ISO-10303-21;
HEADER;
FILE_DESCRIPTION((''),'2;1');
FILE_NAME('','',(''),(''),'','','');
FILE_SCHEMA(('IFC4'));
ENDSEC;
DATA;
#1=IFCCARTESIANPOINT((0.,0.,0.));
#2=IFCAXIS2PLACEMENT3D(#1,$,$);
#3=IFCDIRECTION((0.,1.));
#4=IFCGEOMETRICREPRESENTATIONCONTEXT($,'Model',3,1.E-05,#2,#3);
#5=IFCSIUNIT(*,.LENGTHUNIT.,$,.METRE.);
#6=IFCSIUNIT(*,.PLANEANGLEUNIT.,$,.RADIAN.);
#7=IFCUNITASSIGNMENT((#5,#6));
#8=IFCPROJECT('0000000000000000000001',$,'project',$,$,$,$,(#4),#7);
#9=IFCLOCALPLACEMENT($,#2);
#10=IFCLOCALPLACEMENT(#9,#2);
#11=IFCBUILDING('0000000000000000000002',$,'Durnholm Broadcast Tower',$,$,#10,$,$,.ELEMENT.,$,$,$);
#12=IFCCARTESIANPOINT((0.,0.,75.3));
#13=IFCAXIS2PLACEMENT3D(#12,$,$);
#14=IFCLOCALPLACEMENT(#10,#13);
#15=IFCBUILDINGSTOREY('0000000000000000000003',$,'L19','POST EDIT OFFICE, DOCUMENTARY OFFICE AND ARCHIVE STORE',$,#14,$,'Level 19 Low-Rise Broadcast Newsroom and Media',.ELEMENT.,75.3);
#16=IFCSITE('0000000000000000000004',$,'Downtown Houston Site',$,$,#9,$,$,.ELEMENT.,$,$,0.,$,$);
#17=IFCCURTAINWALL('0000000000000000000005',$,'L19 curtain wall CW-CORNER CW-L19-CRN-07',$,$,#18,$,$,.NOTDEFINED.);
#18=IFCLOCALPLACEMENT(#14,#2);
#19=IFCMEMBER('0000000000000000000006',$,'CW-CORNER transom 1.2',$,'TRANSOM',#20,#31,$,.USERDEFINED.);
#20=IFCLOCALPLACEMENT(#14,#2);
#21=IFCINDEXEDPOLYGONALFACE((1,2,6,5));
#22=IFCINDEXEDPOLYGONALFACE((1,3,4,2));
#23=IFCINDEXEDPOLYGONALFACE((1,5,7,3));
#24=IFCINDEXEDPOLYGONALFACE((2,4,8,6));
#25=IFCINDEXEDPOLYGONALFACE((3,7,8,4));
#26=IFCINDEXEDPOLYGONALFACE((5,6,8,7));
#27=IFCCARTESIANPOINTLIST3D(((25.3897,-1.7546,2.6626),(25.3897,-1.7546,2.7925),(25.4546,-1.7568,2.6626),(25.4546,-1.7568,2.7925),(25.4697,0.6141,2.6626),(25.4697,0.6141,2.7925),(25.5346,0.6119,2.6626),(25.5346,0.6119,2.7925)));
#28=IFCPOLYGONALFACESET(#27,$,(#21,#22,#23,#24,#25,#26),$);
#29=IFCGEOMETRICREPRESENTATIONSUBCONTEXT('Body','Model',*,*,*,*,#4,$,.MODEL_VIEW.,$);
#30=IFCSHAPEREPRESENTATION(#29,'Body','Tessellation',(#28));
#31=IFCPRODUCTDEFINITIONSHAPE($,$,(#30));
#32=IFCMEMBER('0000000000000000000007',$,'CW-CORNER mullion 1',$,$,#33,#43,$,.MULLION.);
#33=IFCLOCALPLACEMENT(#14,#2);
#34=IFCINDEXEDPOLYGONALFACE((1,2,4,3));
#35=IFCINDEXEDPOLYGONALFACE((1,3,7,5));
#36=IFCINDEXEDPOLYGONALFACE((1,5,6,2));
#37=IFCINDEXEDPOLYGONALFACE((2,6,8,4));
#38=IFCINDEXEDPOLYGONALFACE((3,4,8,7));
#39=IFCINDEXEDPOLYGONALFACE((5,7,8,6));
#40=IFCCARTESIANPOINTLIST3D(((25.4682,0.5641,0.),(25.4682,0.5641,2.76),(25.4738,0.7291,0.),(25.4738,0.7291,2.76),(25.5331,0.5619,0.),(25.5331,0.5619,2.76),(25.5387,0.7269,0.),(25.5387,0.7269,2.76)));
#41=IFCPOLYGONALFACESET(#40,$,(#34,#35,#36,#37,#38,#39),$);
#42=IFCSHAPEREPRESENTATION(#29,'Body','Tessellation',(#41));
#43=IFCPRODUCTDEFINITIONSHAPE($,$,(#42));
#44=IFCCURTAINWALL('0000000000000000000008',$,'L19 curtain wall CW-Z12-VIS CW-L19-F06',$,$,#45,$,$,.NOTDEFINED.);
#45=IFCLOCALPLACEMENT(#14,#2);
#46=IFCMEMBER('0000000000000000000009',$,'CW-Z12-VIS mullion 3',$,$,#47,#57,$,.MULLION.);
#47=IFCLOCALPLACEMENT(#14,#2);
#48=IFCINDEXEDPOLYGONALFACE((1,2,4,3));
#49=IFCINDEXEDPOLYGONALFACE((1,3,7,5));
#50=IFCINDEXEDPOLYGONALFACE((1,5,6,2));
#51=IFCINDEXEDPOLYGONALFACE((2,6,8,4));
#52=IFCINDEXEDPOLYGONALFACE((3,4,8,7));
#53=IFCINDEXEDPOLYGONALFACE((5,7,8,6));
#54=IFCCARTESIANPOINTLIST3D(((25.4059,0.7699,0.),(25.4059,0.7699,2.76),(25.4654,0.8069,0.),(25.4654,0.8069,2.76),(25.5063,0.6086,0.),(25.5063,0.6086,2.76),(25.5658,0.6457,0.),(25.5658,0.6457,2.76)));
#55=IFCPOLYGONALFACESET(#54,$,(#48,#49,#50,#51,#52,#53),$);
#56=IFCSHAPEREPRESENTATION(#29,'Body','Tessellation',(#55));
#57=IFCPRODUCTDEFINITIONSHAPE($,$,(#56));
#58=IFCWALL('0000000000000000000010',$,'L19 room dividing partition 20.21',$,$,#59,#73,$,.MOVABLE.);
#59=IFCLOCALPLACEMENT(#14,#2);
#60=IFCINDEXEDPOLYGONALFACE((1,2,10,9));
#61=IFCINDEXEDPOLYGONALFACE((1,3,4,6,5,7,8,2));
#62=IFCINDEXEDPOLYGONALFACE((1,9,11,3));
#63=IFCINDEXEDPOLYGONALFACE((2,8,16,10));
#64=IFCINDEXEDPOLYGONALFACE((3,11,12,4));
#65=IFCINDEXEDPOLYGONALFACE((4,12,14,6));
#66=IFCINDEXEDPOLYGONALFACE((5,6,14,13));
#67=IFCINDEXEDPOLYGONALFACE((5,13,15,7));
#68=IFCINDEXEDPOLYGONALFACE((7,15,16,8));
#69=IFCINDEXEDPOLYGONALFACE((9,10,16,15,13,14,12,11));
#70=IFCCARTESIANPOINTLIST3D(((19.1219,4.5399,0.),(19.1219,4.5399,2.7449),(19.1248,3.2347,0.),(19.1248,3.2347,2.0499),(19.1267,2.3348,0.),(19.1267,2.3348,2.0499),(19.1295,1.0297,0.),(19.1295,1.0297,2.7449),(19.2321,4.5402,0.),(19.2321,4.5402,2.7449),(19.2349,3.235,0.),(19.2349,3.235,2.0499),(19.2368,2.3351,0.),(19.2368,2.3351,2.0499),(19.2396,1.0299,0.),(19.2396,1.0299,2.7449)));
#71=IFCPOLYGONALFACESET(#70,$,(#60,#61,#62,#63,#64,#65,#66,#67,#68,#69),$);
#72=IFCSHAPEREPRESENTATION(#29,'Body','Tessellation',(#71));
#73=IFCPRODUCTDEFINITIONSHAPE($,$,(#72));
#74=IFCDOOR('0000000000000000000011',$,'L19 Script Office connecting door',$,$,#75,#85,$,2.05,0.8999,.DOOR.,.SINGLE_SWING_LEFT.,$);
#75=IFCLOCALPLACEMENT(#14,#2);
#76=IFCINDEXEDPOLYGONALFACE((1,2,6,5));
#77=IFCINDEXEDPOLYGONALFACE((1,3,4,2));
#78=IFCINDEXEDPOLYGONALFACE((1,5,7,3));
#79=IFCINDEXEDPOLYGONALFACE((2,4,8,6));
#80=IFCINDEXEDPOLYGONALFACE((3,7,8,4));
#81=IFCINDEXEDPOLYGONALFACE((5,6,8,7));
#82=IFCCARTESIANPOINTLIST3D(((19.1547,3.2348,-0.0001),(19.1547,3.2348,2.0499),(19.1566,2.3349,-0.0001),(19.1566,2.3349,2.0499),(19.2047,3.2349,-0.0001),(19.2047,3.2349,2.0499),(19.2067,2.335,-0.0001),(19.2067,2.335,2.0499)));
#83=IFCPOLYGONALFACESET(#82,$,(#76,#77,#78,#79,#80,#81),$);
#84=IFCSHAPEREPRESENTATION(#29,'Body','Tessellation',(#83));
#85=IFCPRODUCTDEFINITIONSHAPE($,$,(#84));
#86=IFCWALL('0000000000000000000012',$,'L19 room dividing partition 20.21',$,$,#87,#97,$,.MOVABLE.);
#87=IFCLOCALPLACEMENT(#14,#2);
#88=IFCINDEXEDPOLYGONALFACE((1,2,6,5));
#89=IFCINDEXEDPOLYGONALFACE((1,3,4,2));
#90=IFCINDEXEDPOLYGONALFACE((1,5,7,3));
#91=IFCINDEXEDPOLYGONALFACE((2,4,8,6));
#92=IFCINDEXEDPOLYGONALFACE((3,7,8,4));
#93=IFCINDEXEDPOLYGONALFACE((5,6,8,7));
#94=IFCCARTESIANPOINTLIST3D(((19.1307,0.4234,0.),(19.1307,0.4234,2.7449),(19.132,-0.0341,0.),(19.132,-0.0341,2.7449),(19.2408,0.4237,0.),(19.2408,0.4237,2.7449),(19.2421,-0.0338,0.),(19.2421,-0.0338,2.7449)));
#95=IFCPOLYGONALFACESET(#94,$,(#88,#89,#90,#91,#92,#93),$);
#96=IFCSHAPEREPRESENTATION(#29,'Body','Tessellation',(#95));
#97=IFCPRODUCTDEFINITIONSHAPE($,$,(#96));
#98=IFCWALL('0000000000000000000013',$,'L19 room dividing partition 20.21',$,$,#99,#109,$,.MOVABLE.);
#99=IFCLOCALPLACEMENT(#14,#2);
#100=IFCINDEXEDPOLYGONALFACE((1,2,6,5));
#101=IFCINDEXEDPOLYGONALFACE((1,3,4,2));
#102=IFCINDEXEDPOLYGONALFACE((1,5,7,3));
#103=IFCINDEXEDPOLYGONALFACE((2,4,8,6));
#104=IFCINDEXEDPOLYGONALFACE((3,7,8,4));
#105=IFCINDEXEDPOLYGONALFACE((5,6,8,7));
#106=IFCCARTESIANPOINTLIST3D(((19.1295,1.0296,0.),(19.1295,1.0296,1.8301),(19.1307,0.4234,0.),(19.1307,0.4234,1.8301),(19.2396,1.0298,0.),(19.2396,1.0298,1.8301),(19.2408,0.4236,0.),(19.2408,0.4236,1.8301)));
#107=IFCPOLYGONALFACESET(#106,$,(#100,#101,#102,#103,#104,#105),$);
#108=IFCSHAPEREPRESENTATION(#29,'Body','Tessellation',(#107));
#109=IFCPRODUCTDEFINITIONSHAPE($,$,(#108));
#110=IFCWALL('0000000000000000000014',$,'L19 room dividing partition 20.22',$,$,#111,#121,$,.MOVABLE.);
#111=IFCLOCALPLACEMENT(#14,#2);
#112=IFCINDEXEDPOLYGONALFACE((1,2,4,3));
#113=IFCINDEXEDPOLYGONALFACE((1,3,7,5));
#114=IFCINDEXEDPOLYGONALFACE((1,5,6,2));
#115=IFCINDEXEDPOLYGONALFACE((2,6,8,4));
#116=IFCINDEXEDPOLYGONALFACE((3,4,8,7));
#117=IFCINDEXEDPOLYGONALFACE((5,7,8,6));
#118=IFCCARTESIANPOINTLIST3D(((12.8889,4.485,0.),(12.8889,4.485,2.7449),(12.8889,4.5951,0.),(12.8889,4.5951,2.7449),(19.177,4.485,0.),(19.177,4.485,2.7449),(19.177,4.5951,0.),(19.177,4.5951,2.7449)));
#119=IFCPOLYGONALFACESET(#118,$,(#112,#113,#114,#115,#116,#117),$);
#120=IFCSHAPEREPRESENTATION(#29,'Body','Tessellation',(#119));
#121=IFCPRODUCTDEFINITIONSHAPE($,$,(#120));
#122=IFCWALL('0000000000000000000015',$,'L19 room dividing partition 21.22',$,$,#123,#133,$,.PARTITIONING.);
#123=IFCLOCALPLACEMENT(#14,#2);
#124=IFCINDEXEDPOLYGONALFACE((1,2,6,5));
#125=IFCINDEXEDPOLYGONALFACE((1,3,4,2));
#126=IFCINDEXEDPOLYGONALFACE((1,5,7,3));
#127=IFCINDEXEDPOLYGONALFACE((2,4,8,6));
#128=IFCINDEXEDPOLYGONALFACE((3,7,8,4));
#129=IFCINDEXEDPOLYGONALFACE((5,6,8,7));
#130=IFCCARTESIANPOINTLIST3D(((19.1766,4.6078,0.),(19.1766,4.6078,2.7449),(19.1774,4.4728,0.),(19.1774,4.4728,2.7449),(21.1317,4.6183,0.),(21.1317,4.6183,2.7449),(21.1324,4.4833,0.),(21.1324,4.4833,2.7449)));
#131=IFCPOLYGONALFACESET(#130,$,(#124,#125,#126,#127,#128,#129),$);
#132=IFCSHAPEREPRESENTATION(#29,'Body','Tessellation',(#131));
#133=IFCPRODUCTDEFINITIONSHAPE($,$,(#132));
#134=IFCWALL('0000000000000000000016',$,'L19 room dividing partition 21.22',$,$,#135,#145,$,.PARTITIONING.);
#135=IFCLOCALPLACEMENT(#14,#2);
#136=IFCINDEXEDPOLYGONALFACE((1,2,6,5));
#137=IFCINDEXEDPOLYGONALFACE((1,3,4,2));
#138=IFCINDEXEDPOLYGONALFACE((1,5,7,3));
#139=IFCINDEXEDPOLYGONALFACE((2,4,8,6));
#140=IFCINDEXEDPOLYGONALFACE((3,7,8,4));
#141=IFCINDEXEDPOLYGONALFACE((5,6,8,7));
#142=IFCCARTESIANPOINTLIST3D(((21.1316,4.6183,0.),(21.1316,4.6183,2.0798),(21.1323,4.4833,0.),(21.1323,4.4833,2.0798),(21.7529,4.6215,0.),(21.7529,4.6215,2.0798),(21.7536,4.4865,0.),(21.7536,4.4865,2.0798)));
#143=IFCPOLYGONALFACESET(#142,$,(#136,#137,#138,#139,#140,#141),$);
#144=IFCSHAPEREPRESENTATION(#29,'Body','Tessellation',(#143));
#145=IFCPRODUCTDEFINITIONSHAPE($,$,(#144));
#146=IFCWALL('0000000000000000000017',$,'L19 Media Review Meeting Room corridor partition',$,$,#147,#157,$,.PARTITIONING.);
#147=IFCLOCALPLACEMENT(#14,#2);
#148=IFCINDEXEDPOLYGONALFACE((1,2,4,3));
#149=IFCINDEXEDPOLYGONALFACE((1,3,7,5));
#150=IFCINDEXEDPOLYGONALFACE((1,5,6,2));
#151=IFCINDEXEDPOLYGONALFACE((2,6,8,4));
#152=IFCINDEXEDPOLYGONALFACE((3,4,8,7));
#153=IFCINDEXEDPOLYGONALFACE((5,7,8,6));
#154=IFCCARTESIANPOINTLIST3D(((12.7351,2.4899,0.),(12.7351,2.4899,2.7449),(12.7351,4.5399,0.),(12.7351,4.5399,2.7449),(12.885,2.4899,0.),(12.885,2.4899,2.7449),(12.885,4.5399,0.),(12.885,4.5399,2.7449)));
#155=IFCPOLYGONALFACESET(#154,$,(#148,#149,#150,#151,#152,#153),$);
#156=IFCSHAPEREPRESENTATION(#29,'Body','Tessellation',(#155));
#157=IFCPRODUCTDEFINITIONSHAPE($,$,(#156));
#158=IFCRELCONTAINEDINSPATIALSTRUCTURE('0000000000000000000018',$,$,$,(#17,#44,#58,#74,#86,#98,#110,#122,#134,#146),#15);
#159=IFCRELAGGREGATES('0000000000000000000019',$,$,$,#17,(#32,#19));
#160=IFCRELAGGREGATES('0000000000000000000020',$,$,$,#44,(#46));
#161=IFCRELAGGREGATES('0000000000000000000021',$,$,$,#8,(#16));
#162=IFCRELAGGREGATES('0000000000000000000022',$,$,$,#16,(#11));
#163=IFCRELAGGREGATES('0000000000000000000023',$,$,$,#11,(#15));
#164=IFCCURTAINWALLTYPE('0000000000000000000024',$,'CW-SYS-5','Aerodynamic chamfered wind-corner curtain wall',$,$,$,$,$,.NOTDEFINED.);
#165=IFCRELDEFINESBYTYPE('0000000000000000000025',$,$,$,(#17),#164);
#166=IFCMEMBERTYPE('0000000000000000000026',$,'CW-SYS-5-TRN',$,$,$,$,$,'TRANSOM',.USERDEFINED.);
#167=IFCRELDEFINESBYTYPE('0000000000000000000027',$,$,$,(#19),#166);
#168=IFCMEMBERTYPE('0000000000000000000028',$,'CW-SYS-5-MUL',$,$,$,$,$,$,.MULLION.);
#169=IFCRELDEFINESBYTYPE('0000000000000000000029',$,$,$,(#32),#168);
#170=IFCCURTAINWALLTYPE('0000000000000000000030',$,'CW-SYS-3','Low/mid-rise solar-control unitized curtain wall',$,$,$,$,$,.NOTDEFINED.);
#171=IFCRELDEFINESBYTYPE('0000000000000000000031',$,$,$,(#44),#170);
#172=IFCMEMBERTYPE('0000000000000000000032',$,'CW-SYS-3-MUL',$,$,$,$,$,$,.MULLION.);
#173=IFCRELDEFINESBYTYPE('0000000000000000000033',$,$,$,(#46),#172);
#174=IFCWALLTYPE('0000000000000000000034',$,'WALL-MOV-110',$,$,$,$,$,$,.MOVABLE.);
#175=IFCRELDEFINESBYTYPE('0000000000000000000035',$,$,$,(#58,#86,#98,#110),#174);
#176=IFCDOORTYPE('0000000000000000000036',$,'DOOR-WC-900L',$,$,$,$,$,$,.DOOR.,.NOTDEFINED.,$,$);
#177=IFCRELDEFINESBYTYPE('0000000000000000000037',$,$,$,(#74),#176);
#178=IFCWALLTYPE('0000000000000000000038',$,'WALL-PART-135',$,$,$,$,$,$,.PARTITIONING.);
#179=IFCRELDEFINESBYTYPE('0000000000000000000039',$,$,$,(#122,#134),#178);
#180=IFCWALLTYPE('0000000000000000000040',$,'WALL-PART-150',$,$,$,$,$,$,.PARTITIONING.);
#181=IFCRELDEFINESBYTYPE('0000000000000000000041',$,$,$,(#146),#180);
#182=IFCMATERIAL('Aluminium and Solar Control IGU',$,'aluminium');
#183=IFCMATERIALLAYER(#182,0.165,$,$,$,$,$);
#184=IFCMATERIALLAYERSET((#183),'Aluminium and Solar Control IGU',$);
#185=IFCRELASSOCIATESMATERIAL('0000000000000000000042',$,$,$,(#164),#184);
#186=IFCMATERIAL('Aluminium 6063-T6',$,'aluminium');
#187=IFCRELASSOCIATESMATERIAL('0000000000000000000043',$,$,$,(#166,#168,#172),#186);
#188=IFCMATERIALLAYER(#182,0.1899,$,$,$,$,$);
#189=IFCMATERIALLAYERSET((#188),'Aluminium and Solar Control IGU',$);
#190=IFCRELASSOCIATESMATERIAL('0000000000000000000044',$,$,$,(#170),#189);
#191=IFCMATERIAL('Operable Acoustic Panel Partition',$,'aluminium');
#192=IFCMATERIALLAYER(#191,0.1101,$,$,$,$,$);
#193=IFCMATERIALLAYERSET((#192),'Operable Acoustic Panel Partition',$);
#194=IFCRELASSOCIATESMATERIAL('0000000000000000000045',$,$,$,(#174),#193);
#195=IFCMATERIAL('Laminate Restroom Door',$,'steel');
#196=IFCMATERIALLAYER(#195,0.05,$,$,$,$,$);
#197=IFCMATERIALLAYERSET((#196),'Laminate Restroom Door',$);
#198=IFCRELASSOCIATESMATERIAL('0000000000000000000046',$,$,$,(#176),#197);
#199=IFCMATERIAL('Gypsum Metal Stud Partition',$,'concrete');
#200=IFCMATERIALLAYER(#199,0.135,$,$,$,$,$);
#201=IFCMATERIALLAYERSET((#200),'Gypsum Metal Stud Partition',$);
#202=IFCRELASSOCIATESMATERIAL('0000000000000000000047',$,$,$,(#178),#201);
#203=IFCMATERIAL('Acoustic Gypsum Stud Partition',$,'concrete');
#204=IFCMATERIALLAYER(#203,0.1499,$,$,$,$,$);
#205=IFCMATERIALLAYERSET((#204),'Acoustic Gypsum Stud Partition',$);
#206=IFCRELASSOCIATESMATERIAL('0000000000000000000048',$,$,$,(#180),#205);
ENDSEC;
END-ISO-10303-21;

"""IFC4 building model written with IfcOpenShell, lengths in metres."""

from ifc_helpers import new_model, si_unit, direction, frame, frame_2d, origin, origin_2d, place, context, subcontext, project, spatial, rectangle, extrude, source, transform, mapped, material, layer, layer_set, material_profile, profile_set, type_object, type_shapes, element, fill, aggregate, save


model = new_model("IFC4")

# Units and contexts
model_context = context("Model", 3, precision=1e-05, world=origin(), true_north=direction((0.0, 1.0)))
body_context = subcontext(model_context, "Body", "Model", "MODEL_VIEW")
ifc_project = project(units=[si_unit("LENGTHUNIT", "METRE"), si_unit("PLANEANGLEUNIT", "RADIAN")], contexts=[model_context])

# Site, building, storey
site_placement = place(None, origin())
site = spatial("IfcSite", under=ifc_project, at=site_placement, Name="Downtown Houston Site", CompositionType="ELEMENT", RefElevation=0.0)
building_placement = place(site_placement, origin())
building = spatial("IfcBuilding", under=site, at=building_placement, Name="Durnholm Broadcast Tower", CompositionType="ELEMENT")
storey_placement = place(building_placement, frame((0.0, 0.0, 75.3)))
storey = spatial("IfcBuildingStorey", under=building, at=storey_placement, Name="L19", Description="POST EDIT OFFICE, DOCUMENTARY OFFICE AND ARCHIVE STORE", LongName="Level 19 Low-Rise Broadcast Newsroom and Media", CompositionType="ELEMENT", Elevation=75.3)

# Curtain wall, members
ifc_material_1 = material(Name="Aluminium and Solar Control IGU", Category="aluminium")
ifc_layer_1 = layer(ifc_material_1, 0.165)
ifc_layer_set_1 = layer_set([ifc_layer_1], Name="Aluminium and Solar Control IGU")
curtain_wall_type_1 = type_object("IfcCurtainWallType", Name="CW-SYS-5", Description="Aerodynamic chamfered wind-corner curtain wall", PredefinedType="NOTDEFINED", material=ifc_layer_set_1)
curtain_wall_1_placement = place(storey_placement, origin())
curtain_wall_1 = element("IfcCurtainWall", 1, at=curtain_wall_1_placement, inside=storey, type_object=curtain_wall_type_1, Name="L19 curtain wall CW-CORNER CW-L19-CRN-07", PredefinedType="NOTDEFINED")
ifc_material_2 = material(Name="Aluminium 6063-T6", Category="aluminium")
ifc_material_profile_1 = material_profile(ifc_material_2, rectangle(XDim=0.0649, YDim=0.1299, at=origin_2d()), Name="CWT65X130")
ifc_profile_set_1 = profile_set([ifc_material_profile_1], Name="Aluminium 6063-T6")
member_type_1 = type_object("IfcMemberType", Name="CW-SYS-5-TRN", ElementType="TRANSOM", PredefinedType="USERDEFINED", material=ifc_profile_set_1)
shared_shape_1 = source(origin(), body_context, "Body", "SweptSolid", [
    extrude(rectangle(XDim=0.0649, YDim=0.1299, at=origin_2d()), origin(), (0.0, 0.0, 1.0), 2.3701),
])
type_shapes(member_type_1, [shared_shape_1])
member_1_placement = place(storey_placement, frame((25.5022, 0.613, 2.7275), z_axis=(-0.033788, -0.999429, 0.0), x_axis=(0.999429, -0.033788, 0.0)))
member_1 = element("IfcMember", 2, at=member_1_placement, type_object=member_type_1, Name="CW-CORNER transom 1.2", ObjectType="TRANSOM", PredefinedType="USERDEFINED", context=body_context, shape_type="MappedRepresentation", body=[
    mapped(shared_shape_1, transform((0.0, 0.0, 0.0), x_axis=(1.0, 0.0, 0.0), y_axis=(0.0, 1.0, 0.0), z_axis=(0.0, 0.0, 1.0), scale=1.0)),
])
ifc_material_profile_2 = material_profile(ifc_material_2, rectangle(XDim=0.0649, YDim=0.165, at=origin_2d()), Name="CWM65X165")
ifc_profile_set_2 = profile_set([ifc_material_profile_2], Name="Aluminium 6063-T6")
member_type_2 = type_object("IfcMemberType", Name="CW-SYS-5-MUL", PredefinedType="MULLION", material=ifc_profile_set_2)
shared_shape_2 = source(origin(), body_context, "Body", "SweptSolid", [
    extrude(rectangle(XDim=0.0649, YDim=0.165, at=origin_2d()), origin(), (0.0, 0.0, 1.0), 2.76),
])
type_shapes(member_type_2, [shared_shape_2])
member_2_placement = place(storey_placement, frame((25.5034, 0.6455, 0.0), z_axis=(0.0, 0.0, 1.0), x_axis=(0.999427, -0.03384, 0.0)))
member_2 = element("IfcMember", 3, at=member_2_placement, type_object=member_type_2, Name="CW-CORNER mullion 1", PredefinedType="MULLION", context=body_context, shape_type="MappedRepresentation", body=[
    mapped(shared_shape_2, transform((0.0, 0.0, 0.0), x_axis=(1.0, 0.0, 0.0), y_axis=(0.0, 1.0, 0.0), z_axis=(0.0, 0.0, 1.0), scale=1.0)),
])
aggregate(curtain_wall_1, [member_2, member_1])

# Curtain wall, member
ifc_layer_2 = layer(ifc_material_1, 0.1899)
ifc_layer_set_2 = layer_set([ifc_layer_2], Name="Aluminium and Solar Control IGU")
curtain_wall_type_2 = type_object("IfcCurtainWallType", Name="CW-SYS-3", Description="Low/mid-rise solar-control unitized curtain wall", PredefinedType="NOTDEFINED", material=ifc_layer_set_2)
curtain_wall_2_placement = place(storey_placement, origin())
curtain_wall_2 = element("IfcCurtainWall", 4, at=curtain_wall_2_placement, inside=storey, type_object=curtain_wall_type_2, Name="L19 curtain wall CW-Z12-VIS CW-L19-F06", PredefinedType="NOTDEFINED")
ifc_material_profile_3 = material_profile(ifc_material_2, rectangle(XDim=0.0701, YDim=0.1899, at=origin_2d()), Name="CWM70X190")
ifc_profile_set_3 = profile_set([ifc_material_profile_3], Name="Aluminium 6063-T6")
member_type_3 = type_object("IfcMemberType", Name="CW-SYS-3-MUL", PredefinedType="MULLION", material=ifc_profile_set_3)
shared_shape_3 = source(origin(), body_context, "Body", "SweptSolid", [
    extrude(rectangle(XDim=0.0701, YDim=0.1899, at=origin_2d()), origin(), (0.0, 0.0, 1.0), 2.76),
])
type_shapes(member_type_3, [shared_shape_3])
member_3_placement = place(storey_placement, frame((25.4858, 0.7078, 0.0), z_axis=(0.0, 0.0, 1.0), x_axis=(0.848876, 0.528592, 0.0)))
member_3 = element("IfcMember", 5, at=member_3_placement, type_object=member_type_3, Name="CW-Z12-VIS mullion 3", PredefinedType="MULLION", context=body_context, shape_type="MappedRepresentation", body=[
    mapped(shared_shape_3, transform((0.0, 0.0, 0.0), x_axis=(1.0, 0.0, 0.0), y_axis=(0.0, 1.0, 0.0), z_axis=(0.0, 0.0, 1.0), scale=1.0)),
])
aggregate(curtain_wall_2, [member_3])

# Wall, opening, door
ifc_material_3 = material(Name="Operable Acoustic Panel Partition", Category="aluminium")
ifc_layer_3 = layer(ifc_material_3, 0.1101)
ifc_layer_set_3 = layer_set([ifc_layer_3], Name="Operable Acoustic Panel Partition")
wall_type_1 = type_object("IfcWallType", Name="WALL-MOV-110", PredefinedType="MOVABLE", material=ifc_layer_set_3)
wall_1_placement = place(storey_placement, frame((19.177, 4.54, 0.0), z_axis=(0.0, 0.0, 1.0), x_axis=(0.002156, -0.999998, 0.0)))
wall_1 = element("IfcWall", 6, at=wall_1_placement, inside=storey, type_object=wall_type_1, Name="L19 room dividing partition 20.21", PredefinedType="MOVABLE", context=body_context, shape_type="SweptSolid", body=[
    extrude(rectangle(XDim=3.5103, YDim=0.1101, at=frame_2d((1.7551, 0.0))), origin(), (0.0, 0.0, 1.0), 2.7449),
])
opening_1_placement = place(wall_1_placement, frame((1.3052, 0.0, 0.0)))
opening_1 = element("IfcOpeningElement", 7, at=opening_1_placement, cuts=wall_1, PredefinedType="OPENING", context=body_context, shape_type="SweptSolid", body=[
    extrude(rectangle(XDim=0.8999, YDim=2.05, at=frame_2d((0.45, 1.0249))), frame((0.0, 0.0649, 0.0), z_axis=(0.0, -1.0, 0.0), x_axis=(1.0, 0.0, 0.0)), (0.0, 0.0, 1.0), 0.1301),
])
ifc_material_4 = material(Name="Laminate Restroom Door", Category="steel")
ifc_layer_4 = layer(ifc_material_4, 0.05)
ifc_layer_set_4 = layer_set([ifc_layer_4], Name="Laminate Restroom Door")
door_type_1 = type_object("IfcDoorType", Name="DOOR-WC-900L", OperationType="NOTDEFINED", PredefinedType="DOOR", material=ifc_layer_set_4)
shared_shape_4 = source(origin(), body_context, "Body", "SweptSolid", [
    extrude(rectangle(XDim=0.8999, YDim=2.05, at=frame_2d((0.45, 1.0249))), frame((0.0, 0.0249, 0.0), z_axis=(0.0, -1.0, 0.0), x_axis=(1.0, 0.0, 0.0)), (0.0, 0.0, 1.0), 0.05),
])
type_shapes(door_type_1, [shared_shape_4])
door_1_placement = place(opening_1_placement, origin())
door_1 = element("IfcDoor", 8, at=door_1_placement, inside=storey, type_object=door_type_1, Name="L19 Script Office connecting door", OperationType="SINGLE_SWING_LEFT", OverallHeight=2.05, OverallWidth=0.8999, PredefinedType="DOOR", context=body_context, shape_type="MappedRepresentation", body=[
    mapped(shared_shape_4, transform((0.0, 0.0, 0.0), x_axis=(1.0, 0.0, 0.0), y_axis=(0.0, 1.0, 0.0), z_axis=(0.0, 0.0, 1.0), scale=1.0)),
])
fill(opening_1, door_1)

# Walls
wall_2_placement = place(storey_placement, frame((19.1858, 0.4236, 0.0), z_axis=(0.0, 0.0, 1.0), x_axis=(0.002668, -0.999996, 0.0)))
element("IfcWall", 9, at=wall_2_placement, inside=storey, type_object=wall_type_1, Name="L19 room dividing partition 20.21", PredefinedType="MOVABLE", context=body_context, shape_type="SweptSolid", body=[
    extrude(rectangle(XDim=0.4575, YDim=0.1101, at=frame_2d((0.2288, 0.0))), origin(), (0.0, 0.0, 1.0), 2.7449),
])
wall_3_placement = place(storey_placement, frame((19.1846, 1.0298, 0.0), z_axis=(0.0, 0.0, 1.0), x_axis=(0.002014, -0.999998, 0.0)))
element("IfcWall", 10, at=wall_3_placement, inside=storey, type_object=wall_type_1, Name="L19 room dividing partition 20.21", PredefinedType="MOVABLE", context=body_context, shape_type="SweptSolid", body=[
    extrude(rectangle(XDim=0.6062, YDim=0.1101, at=frame_2d((0.3032, 0.0))), origin(), (0.0, 0.0, 1.0), 1.8301),
])
wall_4_placement = place(storey_placement, frame((12.8889, 4.54, 0.0), z_axis=(0.0, 0.0, 1.0), x_axis=(1.0, 0.0, 0.0)))
element("IfcWall", 11, at=wall_4_placement, inside=storey, type_object=wall_type_1, Name="L19 room dividing partition 20.22", PredefinedType="MOVABLE", context=body_context, shape_type="SweptSolid", body=[
    extrude(rectangle(XDim=6.2881, YDim=0.1101, at=frame_2d((3.144, 0.0))), origin(), (0.0, 0.0, 1.0), 2.7449),
])
ifc_material_5 = material(Name="Gypsum Metal Stud Partition", Category="concrete")
ifc_layer_5 = layer(ifc_material_5, 0.135)
ifc_layer_set_5 = layer_set([ifc_layer_5], Name="Gypsum Metal Stud Partition")
wall_type_2 = type_object("IfcWallType", Name="WALL-PART-135", PredefinedType="PARTITIONING", material=ifc_layer_set_5)
wall_5_placement = place(storey_placement, frame((19.177, 4.5403, 0.0), z_axis=(0.0, 0.0, 1.0), x_axis=(0.999986, 0.00537, 0.0)))
element("IfcWall", 12, at=wall_5_placement, inside=storey, type_object=wall_type_2, Name="L19 room dividing partition 21.22", PredefinedType="PARTITIONING", context=body_context, shape_type="SweptSolid", body=[
    extrude(rectangle(XDim=1.9551, YDim=0.135, at=frame_2d((0.9775, 0.0))), origin(), (0.0, 0.0, 1.0), 2.7449),
])
wall_6_placement = place(storey_placement, frame((21.1321, 4.5508, 0.0), z_axis=(0.0, 0.0, 1.0), x_axis=(0.999987, 0.005108, 0.0)))
element("IfcWall", 13, at=wall_6_placement, inside=storey, type_object=wall_type_2, Name="L19 room dividing partition 21.22", PredefinedType="PARTITIONING", context=body_context, shape_type="SweptSolid", body=[
    extrude(rectangle(XDim=0.6213, YDim=0.135, at=frame_2d((0.3105, 0.0))), origin(), (0.0, 0.0, 1.0), 2.0798),
])
ifc_material_6 = material(Name="Acoustic Gypsum Stud Partition", Category="concrete")
ifc_layer_6 = layer(ifc_material_6, 0.1499)
ifc_layer_set_6 = layer_set([ifc_layer_6], Name="Acoustic Gypsum Stud Partition")
wall_type_3 = type_object("IfcWallType", Name="WALL-PART-150", PredefinedType="PARTITIONING", material=ifc_layer_set_6)
wall_7_placement = place(storey_placement, frame((12.8101, 2.49, 0.0), z_axis=(0.0, 0.0, 1.0), x_axis=(0.0, 1.0, 0.0)))
element("IfcWall", 14, at=wall_7_placement, inside=storey, type_object=wall_type_3, Name="L19 Media Review Meeting Room corridor partition", PredefinedType="PARTITIONING", context=body_context, shape_type="SweptSolid", body=[
    extrude(rectangle(XDim=2.05, YDim=0.1499, at=frame_2d((1.0249, 0.0))), origin(), (0.0, 0.0, 1.0), 2.7449),
])

save(model, "model.ifc")
